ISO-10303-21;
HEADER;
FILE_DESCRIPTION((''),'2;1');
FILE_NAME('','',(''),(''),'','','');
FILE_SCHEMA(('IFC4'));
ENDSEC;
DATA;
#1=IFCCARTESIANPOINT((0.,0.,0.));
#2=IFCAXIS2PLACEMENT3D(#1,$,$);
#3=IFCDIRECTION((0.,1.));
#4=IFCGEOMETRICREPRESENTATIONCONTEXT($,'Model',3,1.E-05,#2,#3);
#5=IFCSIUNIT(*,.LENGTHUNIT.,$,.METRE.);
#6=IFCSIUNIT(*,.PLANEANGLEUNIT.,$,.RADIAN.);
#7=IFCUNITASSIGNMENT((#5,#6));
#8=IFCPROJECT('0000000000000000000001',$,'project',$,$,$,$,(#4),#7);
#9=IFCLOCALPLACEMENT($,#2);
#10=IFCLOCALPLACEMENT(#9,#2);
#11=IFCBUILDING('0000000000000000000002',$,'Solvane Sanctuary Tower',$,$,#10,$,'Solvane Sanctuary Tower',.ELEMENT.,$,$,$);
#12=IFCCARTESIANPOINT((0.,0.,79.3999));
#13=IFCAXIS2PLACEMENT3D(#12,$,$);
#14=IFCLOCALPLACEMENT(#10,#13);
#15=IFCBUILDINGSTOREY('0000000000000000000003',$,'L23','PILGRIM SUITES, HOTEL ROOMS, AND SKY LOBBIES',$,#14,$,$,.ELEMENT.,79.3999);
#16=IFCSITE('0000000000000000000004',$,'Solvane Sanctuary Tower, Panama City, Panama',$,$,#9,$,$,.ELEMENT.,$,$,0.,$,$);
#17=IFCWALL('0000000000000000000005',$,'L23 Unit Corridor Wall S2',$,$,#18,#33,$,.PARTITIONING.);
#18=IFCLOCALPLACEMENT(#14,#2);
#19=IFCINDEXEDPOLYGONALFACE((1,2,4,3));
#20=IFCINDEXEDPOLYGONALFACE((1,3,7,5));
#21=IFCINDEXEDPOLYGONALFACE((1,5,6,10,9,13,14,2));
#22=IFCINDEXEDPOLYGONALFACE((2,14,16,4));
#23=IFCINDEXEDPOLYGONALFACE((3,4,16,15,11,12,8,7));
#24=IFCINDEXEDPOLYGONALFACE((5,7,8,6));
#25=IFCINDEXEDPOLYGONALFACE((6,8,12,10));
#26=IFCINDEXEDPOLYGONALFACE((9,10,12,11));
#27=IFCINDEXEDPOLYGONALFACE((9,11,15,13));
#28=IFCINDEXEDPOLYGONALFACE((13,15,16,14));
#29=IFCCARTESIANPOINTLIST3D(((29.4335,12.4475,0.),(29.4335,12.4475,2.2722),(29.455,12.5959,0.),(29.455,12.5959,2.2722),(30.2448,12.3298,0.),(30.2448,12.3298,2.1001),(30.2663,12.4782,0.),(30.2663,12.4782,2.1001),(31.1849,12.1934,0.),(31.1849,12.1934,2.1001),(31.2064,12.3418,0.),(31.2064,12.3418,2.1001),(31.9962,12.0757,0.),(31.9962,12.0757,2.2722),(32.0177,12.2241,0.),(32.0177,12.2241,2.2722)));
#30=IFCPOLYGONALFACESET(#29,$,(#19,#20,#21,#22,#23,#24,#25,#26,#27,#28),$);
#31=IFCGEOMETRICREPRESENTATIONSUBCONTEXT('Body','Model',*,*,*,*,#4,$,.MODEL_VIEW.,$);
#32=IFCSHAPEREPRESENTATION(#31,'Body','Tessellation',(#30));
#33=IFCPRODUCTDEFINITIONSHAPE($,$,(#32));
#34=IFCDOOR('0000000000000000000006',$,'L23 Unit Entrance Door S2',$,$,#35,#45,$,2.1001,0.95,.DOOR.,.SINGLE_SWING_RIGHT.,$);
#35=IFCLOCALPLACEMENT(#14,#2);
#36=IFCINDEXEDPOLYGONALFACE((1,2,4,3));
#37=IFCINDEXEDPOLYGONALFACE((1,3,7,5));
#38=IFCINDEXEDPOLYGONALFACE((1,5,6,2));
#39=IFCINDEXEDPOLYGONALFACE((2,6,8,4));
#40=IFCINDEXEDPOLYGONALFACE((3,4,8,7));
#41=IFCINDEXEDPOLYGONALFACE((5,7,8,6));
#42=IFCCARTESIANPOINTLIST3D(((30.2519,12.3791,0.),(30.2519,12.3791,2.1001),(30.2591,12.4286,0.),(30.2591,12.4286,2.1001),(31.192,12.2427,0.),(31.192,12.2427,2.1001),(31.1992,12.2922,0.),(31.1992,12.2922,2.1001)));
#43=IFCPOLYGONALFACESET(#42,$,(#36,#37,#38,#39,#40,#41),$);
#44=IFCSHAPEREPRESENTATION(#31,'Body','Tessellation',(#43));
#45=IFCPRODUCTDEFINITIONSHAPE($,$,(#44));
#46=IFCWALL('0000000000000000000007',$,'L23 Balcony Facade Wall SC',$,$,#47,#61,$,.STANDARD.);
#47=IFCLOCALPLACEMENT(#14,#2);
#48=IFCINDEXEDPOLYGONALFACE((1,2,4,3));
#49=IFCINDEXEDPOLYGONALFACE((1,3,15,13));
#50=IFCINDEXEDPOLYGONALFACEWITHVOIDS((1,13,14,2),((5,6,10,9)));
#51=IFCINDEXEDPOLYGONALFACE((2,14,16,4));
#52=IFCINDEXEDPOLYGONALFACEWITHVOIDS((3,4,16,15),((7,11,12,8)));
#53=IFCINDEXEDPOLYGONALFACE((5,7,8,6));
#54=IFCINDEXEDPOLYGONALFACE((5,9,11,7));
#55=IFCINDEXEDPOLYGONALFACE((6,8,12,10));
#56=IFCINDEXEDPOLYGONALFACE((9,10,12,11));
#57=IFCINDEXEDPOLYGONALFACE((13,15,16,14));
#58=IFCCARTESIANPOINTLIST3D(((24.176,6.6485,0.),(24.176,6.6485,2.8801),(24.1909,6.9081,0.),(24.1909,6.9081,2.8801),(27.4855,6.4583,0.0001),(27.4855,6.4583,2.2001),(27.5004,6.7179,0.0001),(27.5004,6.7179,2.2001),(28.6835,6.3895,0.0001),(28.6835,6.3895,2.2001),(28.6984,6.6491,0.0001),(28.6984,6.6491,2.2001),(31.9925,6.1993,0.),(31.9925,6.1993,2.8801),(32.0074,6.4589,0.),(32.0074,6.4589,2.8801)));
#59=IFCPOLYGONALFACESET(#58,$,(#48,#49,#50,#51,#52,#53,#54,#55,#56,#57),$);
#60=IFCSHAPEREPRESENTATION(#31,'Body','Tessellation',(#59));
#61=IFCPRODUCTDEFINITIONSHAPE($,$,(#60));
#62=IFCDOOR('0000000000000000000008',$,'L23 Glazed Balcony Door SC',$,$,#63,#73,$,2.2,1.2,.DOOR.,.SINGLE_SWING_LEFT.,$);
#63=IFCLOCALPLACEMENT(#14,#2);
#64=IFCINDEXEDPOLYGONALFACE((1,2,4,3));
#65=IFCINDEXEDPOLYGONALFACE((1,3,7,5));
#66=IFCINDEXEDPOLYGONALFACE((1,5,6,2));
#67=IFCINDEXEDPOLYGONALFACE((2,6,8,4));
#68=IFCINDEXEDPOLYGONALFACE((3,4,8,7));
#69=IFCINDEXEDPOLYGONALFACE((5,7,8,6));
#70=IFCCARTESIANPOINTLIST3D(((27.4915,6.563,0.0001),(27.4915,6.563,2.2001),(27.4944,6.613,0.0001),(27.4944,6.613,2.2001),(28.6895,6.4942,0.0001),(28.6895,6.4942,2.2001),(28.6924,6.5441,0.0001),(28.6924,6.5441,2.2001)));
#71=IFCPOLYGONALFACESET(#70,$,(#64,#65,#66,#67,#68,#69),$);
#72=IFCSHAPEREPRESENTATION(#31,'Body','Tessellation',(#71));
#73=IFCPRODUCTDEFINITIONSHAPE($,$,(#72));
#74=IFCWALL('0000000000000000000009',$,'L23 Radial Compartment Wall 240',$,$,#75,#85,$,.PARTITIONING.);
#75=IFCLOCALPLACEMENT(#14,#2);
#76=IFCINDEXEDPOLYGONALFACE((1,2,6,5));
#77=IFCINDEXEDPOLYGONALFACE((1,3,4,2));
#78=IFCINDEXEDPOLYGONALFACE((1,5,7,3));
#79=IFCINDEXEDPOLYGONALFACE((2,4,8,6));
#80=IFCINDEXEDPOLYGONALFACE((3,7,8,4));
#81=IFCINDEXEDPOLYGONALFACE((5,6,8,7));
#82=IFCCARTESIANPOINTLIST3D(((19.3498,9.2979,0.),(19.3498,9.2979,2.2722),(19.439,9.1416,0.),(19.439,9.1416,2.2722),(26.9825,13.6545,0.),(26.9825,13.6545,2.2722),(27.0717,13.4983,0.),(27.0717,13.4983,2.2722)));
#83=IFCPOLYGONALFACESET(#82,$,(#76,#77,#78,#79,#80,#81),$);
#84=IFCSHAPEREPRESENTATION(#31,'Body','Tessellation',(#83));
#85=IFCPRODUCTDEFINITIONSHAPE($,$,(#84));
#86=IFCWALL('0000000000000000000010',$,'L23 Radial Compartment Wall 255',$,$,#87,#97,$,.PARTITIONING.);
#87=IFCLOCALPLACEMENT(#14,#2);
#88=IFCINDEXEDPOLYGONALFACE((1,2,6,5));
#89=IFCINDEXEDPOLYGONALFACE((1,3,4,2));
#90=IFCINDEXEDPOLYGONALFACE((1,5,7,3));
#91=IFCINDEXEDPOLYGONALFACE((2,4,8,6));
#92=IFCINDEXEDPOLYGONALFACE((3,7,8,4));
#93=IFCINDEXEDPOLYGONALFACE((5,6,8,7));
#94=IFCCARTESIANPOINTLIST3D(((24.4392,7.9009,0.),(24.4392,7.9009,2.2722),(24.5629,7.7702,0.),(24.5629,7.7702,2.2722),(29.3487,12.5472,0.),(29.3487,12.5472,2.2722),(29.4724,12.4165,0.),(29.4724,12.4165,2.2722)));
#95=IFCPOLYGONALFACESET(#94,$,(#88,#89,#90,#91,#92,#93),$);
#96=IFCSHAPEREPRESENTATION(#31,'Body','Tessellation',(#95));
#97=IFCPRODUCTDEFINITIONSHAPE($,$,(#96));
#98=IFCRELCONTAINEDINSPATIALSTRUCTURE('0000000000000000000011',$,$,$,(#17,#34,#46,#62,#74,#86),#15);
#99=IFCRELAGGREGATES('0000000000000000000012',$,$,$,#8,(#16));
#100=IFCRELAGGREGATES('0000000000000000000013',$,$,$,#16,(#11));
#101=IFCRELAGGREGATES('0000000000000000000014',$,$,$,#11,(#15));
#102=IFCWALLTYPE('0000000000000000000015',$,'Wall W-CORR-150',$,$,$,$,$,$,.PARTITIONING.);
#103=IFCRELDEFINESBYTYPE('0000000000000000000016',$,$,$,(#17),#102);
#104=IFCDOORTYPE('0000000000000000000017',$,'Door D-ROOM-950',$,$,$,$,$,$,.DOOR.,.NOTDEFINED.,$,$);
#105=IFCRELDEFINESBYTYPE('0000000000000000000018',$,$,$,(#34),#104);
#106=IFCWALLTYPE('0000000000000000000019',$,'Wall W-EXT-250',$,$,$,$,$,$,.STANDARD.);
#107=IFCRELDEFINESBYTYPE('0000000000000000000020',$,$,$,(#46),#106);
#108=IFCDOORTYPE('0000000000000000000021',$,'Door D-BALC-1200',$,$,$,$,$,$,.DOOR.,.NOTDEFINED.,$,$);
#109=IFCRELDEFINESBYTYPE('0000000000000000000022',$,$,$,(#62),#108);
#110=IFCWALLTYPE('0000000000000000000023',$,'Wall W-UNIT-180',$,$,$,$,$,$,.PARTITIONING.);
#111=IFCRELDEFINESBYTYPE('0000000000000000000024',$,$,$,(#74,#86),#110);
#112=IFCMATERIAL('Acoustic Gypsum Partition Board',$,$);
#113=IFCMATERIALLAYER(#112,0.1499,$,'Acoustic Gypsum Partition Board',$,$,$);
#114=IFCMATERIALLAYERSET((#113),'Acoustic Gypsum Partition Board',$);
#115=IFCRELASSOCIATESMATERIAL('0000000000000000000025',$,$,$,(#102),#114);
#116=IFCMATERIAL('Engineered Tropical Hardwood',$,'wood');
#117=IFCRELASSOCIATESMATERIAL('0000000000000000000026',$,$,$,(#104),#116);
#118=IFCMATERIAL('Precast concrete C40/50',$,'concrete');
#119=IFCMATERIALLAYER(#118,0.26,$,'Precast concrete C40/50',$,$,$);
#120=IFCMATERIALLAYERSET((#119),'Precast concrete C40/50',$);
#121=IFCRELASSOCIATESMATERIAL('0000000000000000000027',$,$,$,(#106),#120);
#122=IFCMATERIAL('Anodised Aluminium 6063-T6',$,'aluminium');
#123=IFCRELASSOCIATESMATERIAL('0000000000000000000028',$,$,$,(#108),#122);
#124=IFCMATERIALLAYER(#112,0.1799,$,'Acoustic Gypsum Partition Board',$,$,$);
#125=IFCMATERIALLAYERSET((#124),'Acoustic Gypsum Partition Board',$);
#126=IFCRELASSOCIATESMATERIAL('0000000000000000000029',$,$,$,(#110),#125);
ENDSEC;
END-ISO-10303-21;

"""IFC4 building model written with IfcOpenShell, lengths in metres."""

from ifc_helpers import new_model, si_unit, direction, frame, frame_2d, origin, place, context, subcontext, project, spatial, rectangle, extrude, material, layer, layer_set, type_object, element, fill, save


model = new_model("IFC4")

# Units and contexts
model_context = context("Model", 3, precision=1e-05, world=origin(), true_north=direction((0.0, 1.0)))
body_context = subcontext(model_context, "Body", "Model", "MODEL_VIEW")
ifc_project = project(units=[si_unit("LENGTHUNIT", "METRE"), si_unit("PLANEANGLEUNIT", "RADIAN")], contexts=[model_context])

# Site, building, storey
site_placement = place(None, origin())
site = spatial("IfcSite", under=ifc_project, at=site_placement, Name="Solvane Sanctuary Tower, Panama City, Panama", CompositionType="ELEMENT", RefElevation=0.0)
building_placement = place(site_placement, origin())
building = spatial("IfcBuilding", under=site, at=building_placement, Name="Solvane Sanctuary Tower", LongName="Solvane Sanctuary Tower", CompositionType="ELEMENT")
storey_placement = place(building_placement, frame((0.0, 0.0, 79.3999)))
storey = spatial("IfcBuildingStorey", under=building, at=storey_placement, Name="L23", Description="PILGRIM SUITES, HOTEL ROOMS, AND SKY LOBBIES", CompositionType="ELEMENT", Elevation=79.3999)

# Shared definitions
ifc_material_1 = material(Name="Acoustic Gypsum Partition Board")
ifc_layer_1 = layer(ifc_material_1, 0.1499, Name="Acoustic Gypsum Partition Board")
ifc_layer_set_1 = layer_set([ifc_layer_1], Name="Acoustic Gypsum Partition Board")
wall_type_1 = type_object("IfcWallType", Name="Wall W-CORR-150", PredefinedType="PARTITIONING", material=ifc_layer_set_1)

# Walls, openings, doors
ifc_material_2 = material(Name="Engineered Tropical Hardwood", Category="wood")
door_type_1 = type_object("IfcDoorType", Name="Door D-ROOM-950", OperationType="NOTDEFINED", PredefinedType="DOOR", material=ifc_material_2)
wall_1_placement = place(storey_placement, frame((29.4441, 12.5217, 0.0), z_axis=(0.0, 0.0, 1.0), x_axis=(0.989638, -0.143586, 0.0)))
wall_1 = element("IfcWall", 1, at=wall_1_placement, inside=storey, type_object=wall_type_1, Name="L23 Unit Corridor Wall S2", PredefinedType="PARTITIONING", context=body_context, shape_type="SweptSolid", body=[
    extrude(rectangle(XDim=2.5896, YDim=0.1499, at=frame_2d((1.2949, 0.0))), origin(), (0.0, 0.0, 1.0), 2.2722),
])
opening_1_placement = place(wall_1_placement, frame((0.8198, 0.0, 0.0)))
opening_1 = element("IfcOpeningElement", 2, at=opening_1_placement, cuts=wall_1, PredefinedType="OPENING", context=body_context, shape_type="SweptSolid", body=[
    extrude(rectangle(XDim=0.95, YDim=2.1001, at=frame_2d((0.4751, 1.05))), frame((0.0, 0.085, 0.0), z_axis=(0.0, -1.0, 0.0), x_axis=(1.0, 0.0, 0.0)), (0.0, 0.0, 1.0), 0.1699),
])
door_1_placement = place(opening_1_placement, origin())
door_1 = element("IfcDoor", 3, at=door_1_placement, inside=storey, type_object=door_type_1, Name="L23 Unit Entrance Door S2", OperationType="SINGLE_SWING_RIGHT", OverallHeight=2.1001, OverallWidth=0.95, PredefinedType="DOOR", context=body_context, shape_type="SweptSolid", body=[
    extrude(rectangle(XDim=0.95, YDim=2.1001, at=frame_2d((0.4751, 1.05))), frame((0.0, 0.0249, 0.0), z_axis=(0.0, -1.0, 0.0), x_axis=(1.0, 0.0, 0.0)), (0.0, 0.0, 1.0), 0.05),
])
fill(opening_1, door_1)
ifc_material_3 = material(Name="Precast concrete C40/50", Category="concrete")
ifc_layer_2 = layer(ifc_material_3, 0.26, Name="Precast concrete C40/50")
ifc_layer_set_2 = layer_set([ifc_layer_2], Name="Precast concrete C40/50")
wall_type_2 = type_object("IfcWallType", Name="Wall W-EXT-250", PredefinedType="STANDARD", material=ifc_layer_set_2)
wall_2_placement = place(storey_placement, frame((24.1836, 6.7783, 0.0), z_axis=(0.0, 0.0, 1.0), x_axis=(0.998353, -0.057377, 0.0)))
wall_2 = element("IfcWall", 4, at=wall_2_placement, inside=storey, type_object=wall_type_2, Name="L23 Balcony Facade Wall SC", PredefinedType="STANDARD", context=body_context, shape_type="SweptSolid", body=[
    extrude(rectangle(XDim=7.8293, YDim=0.26, at=frame_2d((3.9146, 0.0))), origin(), (0.0, 0.0, 1.0), 2.8801),
])
opening_2_placement = place(wall_2_placement, frame((3.3147, 0.0, 0.0)))
opening_2 = element("IfcOpeningElement", 5, at=opening_2_placement, cuts=wall_2, PredefinedType="OPENING", context=body_context, shape_type="SweptSolid", body=[
    extrude(rectangle(XDim=1.2, YDim=2.2, at=frame_2d((0.6001, 1.1001))), frame((0.0, 0.1399, 0.0), z_axis=(0.0, -1.0, 0.0), x_axis=(1.0, 0.0, 0.0)), (0.0, 0.0, 1.0), 0.28),
])
ifc_material_4 = material(Name="Anodised Aluminium 6063-T6", Category="aluminium")
door_type_2 = type_object("IfcDoorType", Name="Door D-BALC-1200", OperationType="NOTDEFINED", PredefinedType="DOOR", material=ifc_material_4)
door_2_placement = place(opening_2_placement, origin())
door_2 = element("IfcDoor", 6, at=door_2_placement, inside=storey, type_object=door_type_2, Name="L23 Glazed Balcony Door SC", OperationType="SINGLE_SWING_LEFT", OverallHeight=2.2, OverallWidth=1.2, PredefinedType="DOOR", context=body_context, shape_type="SweptSolid", body=[
    extrude(rectangle(XDim=1.2, YDim=2.2, at=frame_2d((0.6001, 1.1001))), frame((0.0, 0.0249, 0.0), z_axis=(0.0, -1.0, 0.0), x_axis=(1.0, 0.0, 0.0)), (0.0, 0.0, 1.0), 0.05),
])
fill(opening_2, door_2)

# Walls
ifc_layer_3 = layer(ifc_material_1, 0.1799, Name="Acoustic Gypsum Partition Board")
ifc_layer_set_3 = layer_set([ifc_layer_3], Name="Acoustic Gypsum Partition Board")
wall_type_3 = type_object("IfcWallType", Name="Wall W-UNIT-180", PredefinedType="PARTITIONING", material=ifc_layer_set_3)
wall_3_placement = place(storey_placement, frame((27.0271, 13.5764, 0.0), z_axis=(0.0, 0.0, 1.0), x_axis=(-0.868484, -0.495717, 0.0)))
element("IfcWall", 7, at=wall_3_placement, inside=storey, type_object=wall_type_3, Name="L23 Radial Compartment Wall 240", PredefinedType="PARTITIONING", context=body_context, shape_type="SweptSolid", body=[
    extrude(rectangle(XDim=8.7886, YDim=0.1799, at=frame_2d((4.3943, 0.0))), origin(), (0.0, 0.0, 1.0), 2.2722),
])
wall_4_placement = place(storey_placement, frame((29.4106, 12.4819, 0.0), z_axis=(0.0, 0.0, 1.0), x_axis=(-0.726307, -0.687371, 0.0)))
element("IfcWall", 8, at=wall_4_placement, inside=storey, type_object=wall_type_3, Name="L23 Radial Compartment Wall 255", PredefinedType="PARTITIONING", context=body_context, shape_type="SweptSolid", body=[
    extrude(rectangle(XDim=6.7595, YDim=0.1799, at=frame_2d((3.3799, 0.0))), origin(), (0.0, 0.0, 1.0), 2.2722),
])

save(model, "model.ifc")
